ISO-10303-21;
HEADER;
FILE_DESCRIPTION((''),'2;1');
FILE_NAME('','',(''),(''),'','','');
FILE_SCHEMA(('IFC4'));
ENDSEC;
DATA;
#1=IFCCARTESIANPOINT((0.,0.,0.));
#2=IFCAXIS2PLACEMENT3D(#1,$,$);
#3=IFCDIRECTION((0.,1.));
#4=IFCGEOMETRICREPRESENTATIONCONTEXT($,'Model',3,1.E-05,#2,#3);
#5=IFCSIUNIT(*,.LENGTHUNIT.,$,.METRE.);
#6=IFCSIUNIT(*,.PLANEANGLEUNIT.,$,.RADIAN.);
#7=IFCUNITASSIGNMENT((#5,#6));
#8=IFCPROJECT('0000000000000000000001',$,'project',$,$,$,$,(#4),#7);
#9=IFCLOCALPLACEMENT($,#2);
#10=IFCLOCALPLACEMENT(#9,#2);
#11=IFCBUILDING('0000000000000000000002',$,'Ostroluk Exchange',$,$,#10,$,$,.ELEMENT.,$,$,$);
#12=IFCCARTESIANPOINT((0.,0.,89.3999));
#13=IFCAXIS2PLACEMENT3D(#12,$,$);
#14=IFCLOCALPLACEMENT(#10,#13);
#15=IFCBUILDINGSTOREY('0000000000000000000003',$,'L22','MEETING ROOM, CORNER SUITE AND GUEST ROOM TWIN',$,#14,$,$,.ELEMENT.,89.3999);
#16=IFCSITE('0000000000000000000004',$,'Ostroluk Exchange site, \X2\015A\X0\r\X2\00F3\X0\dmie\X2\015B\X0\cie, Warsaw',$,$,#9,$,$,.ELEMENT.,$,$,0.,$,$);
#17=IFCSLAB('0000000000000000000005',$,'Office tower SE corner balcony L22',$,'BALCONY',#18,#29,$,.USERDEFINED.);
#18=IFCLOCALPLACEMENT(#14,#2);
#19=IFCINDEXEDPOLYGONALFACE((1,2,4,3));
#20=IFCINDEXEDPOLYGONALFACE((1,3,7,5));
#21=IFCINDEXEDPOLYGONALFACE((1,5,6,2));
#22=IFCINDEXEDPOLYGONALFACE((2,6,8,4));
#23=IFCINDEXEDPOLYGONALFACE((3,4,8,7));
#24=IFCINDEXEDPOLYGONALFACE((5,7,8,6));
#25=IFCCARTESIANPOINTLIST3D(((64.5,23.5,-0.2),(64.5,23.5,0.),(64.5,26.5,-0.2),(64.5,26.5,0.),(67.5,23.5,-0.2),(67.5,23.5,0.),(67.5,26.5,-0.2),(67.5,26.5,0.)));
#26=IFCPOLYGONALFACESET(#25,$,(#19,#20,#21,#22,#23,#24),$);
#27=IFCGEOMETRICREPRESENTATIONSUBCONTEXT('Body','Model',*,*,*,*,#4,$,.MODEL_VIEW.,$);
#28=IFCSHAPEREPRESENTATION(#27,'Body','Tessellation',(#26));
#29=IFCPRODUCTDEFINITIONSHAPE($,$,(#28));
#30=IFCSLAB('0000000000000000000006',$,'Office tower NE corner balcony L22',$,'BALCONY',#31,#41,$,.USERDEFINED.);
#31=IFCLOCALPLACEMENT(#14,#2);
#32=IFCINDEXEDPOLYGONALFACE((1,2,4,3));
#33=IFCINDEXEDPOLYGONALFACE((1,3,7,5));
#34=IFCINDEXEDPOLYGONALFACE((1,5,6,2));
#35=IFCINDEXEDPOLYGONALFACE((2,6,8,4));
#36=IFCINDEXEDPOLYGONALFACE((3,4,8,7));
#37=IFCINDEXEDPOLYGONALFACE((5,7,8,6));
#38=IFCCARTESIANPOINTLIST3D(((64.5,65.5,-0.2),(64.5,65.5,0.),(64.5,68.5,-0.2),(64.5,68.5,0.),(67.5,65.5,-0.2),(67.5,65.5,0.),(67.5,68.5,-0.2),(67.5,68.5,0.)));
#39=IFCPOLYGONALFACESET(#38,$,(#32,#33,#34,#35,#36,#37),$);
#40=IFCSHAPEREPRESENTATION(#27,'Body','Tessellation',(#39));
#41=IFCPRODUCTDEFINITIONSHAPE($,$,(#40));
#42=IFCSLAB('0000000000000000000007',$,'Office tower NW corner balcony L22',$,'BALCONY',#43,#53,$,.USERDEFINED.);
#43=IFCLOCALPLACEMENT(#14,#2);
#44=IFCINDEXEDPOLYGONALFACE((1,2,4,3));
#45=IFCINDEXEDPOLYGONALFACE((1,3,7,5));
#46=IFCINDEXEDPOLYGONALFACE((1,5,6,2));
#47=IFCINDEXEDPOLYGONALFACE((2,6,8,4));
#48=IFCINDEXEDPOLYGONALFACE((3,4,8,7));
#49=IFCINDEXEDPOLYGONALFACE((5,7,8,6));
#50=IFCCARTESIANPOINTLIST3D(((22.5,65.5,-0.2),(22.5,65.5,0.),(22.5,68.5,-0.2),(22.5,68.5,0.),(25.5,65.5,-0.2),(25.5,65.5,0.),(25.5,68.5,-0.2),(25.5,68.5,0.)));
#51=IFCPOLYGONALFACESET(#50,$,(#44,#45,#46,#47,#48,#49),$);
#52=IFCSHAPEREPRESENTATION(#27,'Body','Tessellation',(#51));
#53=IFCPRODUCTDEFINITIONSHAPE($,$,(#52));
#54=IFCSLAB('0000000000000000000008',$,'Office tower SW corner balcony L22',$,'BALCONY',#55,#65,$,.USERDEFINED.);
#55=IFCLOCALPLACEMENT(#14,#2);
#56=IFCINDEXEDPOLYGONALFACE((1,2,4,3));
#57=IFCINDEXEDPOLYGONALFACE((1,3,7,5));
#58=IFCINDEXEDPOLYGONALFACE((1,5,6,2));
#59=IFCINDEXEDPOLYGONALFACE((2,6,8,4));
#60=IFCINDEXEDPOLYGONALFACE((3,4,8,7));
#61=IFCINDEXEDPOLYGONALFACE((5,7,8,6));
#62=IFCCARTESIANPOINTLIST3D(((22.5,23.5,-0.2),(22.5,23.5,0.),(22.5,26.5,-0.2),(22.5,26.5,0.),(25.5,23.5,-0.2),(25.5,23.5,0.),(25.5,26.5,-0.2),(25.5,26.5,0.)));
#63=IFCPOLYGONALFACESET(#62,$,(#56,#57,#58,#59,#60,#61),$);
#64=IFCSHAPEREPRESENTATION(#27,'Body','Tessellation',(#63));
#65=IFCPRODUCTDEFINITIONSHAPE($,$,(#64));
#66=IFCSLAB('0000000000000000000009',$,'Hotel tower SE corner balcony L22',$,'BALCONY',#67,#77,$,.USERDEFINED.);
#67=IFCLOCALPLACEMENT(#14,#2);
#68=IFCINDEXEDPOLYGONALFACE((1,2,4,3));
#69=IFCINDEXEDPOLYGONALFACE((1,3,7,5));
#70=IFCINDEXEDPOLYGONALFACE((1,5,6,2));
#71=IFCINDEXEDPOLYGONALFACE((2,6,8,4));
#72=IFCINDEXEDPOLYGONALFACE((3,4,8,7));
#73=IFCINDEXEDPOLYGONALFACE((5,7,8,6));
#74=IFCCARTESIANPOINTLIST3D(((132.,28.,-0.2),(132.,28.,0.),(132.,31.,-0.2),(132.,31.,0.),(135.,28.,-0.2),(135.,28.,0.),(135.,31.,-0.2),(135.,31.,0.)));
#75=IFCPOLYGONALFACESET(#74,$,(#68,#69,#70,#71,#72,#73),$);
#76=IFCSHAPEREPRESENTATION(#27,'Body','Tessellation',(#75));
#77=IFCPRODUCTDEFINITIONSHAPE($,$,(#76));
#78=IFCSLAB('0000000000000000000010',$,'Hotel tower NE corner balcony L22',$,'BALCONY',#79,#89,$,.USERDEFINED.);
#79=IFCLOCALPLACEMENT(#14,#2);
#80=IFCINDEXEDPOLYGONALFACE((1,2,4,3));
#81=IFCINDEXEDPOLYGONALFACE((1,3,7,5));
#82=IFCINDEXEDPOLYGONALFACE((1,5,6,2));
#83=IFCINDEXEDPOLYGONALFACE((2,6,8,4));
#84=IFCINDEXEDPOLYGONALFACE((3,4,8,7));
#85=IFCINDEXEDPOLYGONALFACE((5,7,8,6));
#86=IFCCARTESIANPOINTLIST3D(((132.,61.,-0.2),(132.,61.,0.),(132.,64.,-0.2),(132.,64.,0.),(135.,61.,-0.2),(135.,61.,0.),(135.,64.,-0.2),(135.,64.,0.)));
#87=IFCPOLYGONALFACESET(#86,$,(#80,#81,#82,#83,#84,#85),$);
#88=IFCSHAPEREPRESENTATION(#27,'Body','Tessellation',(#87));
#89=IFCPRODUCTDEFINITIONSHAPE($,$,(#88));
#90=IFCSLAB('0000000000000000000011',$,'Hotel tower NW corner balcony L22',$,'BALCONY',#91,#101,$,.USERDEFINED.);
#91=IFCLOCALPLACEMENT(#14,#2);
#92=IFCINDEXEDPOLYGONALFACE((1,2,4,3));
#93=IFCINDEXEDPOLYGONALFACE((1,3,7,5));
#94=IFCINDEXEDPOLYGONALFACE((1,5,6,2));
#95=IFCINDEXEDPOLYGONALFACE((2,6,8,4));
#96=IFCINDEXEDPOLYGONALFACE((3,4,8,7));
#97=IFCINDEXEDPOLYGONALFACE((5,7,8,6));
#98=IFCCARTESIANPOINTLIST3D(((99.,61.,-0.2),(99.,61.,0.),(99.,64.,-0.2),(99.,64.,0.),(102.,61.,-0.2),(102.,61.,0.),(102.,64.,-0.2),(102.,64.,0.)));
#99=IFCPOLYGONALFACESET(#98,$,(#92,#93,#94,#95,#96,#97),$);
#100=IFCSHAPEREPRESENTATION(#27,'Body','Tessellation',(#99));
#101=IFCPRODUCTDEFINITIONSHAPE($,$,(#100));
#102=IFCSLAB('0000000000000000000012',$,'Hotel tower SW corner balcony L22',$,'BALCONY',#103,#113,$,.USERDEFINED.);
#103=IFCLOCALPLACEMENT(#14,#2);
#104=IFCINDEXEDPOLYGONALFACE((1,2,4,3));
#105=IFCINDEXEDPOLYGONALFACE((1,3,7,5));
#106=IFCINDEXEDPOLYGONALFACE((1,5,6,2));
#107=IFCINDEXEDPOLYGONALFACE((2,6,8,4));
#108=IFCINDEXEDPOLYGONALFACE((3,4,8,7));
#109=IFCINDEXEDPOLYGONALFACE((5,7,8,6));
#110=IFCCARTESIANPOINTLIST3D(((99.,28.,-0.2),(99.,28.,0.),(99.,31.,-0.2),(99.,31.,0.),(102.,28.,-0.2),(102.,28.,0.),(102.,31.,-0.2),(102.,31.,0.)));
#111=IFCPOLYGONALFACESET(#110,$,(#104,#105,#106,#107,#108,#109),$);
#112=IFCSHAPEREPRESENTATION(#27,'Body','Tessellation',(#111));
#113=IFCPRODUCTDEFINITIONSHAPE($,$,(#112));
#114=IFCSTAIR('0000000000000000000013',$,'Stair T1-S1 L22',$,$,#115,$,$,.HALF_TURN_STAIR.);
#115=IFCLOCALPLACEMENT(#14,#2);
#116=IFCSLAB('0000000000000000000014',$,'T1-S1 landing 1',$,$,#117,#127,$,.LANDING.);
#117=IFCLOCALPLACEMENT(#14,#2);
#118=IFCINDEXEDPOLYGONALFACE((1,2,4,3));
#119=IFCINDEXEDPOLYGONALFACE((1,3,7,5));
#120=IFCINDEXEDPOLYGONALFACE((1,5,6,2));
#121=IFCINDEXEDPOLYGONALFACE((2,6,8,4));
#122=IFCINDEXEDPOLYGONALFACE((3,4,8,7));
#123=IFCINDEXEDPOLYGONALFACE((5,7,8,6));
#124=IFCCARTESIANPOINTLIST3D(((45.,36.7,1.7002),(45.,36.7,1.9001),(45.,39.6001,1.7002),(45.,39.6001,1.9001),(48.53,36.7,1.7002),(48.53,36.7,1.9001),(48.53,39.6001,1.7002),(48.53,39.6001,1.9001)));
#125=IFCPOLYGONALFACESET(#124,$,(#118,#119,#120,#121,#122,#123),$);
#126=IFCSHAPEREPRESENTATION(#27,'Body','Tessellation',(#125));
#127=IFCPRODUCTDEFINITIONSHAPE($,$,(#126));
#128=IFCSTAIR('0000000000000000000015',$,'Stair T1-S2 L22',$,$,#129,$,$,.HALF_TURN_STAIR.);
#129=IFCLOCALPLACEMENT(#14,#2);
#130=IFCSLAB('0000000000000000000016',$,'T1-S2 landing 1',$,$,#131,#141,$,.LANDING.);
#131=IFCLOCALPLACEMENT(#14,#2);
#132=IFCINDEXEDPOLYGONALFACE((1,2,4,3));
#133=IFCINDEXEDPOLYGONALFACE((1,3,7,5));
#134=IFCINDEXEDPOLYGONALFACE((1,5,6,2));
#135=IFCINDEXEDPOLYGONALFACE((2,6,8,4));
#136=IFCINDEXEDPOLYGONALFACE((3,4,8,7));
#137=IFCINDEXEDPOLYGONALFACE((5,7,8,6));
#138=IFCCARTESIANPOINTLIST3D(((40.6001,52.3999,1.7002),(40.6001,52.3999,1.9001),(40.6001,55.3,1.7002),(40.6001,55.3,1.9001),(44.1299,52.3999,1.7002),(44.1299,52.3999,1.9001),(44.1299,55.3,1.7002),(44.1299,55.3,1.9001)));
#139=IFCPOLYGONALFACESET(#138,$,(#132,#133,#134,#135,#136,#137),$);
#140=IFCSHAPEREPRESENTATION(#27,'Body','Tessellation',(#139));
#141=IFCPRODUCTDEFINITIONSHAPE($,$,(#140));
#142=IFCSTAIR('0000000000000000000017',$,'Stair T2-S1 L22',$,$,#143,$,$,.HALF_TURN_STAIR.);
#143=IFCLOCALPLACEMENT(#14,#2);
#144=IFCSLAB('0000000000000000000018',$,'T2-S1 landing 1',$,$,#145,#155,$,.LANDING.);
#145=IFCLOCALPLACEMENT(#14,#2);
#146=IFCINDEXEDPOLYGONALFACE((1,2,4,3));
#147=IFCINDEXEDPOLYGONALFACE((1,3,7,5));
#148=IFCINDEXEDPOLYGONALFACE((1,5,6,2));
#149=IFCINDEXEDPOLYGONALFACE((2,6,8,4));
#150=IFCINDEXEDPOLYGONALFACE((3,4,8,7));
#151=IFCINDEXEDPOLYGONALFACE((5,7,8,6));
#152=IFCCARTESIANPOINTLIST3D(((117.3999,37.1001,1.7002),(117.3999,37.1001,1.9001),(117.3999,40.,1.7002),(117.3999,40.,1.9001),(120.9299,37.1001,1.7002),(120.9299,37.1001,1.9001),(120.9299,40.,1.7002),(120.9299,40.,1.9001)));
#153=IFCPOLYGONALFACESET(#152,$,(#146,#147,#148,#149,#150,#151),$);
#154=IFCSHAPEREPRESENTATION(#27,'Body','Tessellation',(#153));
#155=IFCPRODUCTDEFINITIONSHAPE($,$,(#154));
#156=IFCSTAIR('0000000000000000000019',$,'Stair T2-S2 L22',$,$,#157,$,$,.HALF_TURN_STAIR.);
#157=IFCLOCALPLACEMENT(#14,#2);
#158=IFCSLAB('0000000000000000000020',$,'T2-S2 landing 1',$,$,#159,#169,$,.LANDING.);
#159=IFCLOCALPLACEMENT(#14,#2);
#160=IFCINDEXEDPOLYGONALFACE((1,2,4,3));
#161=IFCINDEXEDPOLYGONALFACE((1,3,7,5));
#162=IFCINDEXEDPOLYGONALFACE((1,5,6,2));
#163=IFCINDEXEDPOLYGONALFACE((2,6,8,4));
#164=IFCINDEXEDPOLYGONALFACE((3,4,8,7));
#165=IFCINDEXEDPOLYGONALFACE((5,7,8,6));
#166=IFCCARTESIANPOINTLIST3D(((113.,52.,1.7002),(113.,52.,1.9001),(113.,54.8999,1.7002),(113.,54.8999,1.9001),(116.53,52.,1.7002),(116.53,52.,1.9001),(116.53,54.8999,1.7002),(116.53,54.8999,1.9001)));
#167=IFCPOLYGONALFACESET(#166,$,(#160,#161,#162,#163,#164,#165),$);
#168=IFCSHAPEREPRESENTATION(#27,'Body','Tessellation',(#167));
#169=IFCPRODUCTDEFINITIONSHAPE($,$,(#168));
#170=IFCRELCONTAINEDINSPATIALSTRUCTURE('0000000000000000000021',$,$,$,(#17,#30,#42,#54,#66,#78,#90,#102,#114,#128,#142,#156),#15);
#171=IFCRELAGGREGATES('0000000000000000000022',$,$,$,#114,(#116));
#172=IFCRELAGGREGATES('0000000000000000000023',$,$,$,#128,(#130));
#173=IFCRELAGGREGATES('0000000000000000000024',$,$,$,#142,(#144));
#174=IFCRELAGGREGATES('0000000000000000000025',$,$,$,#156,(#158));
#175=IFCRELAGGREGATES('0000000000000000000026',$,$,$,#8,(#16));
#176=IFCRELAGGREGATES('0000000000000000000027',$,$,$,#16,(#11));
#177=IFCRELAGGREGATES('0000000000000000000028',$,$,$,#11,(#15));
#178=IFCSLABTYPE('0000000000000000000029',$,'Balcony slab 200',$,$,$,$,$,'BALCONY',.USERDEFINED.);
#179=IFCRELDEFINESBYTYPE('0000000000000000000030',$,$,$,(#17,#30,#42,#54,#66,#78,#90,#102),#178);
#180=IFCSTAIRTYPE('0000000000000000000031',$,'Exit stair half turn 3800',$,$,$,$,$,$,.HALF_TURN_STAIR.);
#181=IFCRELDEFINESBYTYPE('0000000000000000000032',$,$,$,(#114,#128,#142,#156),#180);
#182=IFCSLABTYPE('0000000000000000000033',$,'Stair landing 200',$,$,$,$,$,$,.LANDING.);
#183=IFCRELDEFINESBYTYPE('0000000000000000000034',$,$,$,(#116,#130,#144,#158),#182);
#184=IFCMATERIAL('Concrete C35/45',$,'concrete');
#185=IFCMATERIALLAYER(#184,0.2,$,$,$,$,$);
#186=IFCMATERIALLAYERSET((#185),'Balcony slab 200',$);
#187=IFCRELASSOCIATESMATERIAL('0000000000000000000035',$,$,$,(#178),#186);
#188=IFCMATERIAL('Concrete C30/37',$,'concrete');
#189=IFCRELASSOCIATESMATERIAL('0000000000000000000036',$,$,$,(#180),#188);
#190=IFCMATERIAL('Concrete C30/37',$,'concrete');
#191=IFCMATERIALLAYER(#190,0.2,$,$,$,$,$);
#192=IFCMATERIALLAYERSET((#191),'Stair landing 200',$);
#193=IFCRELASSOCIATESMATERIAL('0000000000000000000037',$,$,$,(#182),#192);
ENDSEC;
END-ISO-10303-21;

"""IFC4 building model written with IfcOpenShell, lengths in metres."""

from ifc_helpers import new_model, si_unit, direction, frame, origin, place, context, subcontext, project, spatial, polyline, outline, extrude, material, layer, layer_set, type_object, element, aggregate, save


model = new_model("IFC4")

# Units and contexts
model_context = context("Model", 3, precision=1e-05, world=origin(), true_north=direction((0.0, 1.0)))
body_context = subcontext(model_context, "Body", "Model", "MODEL_VIEW")
ifc_project = project(units=[si_unit("LENGTHUNIT", "METRE"), si_unit("PLANEANGLEUNIT", "RADIAN")], contexts=[model_context])

# Site, building, storey
site_placement = place(None, origin())
site = spatial("IfcSite", under=ifc_project, at=site_placement, Name="Ostroluk Exchange site, Śródmieście, Warsaw", CompositionType="ELEMENT", RefElevation=0.0)
building_placement = place(site_placement, origin())
building = spatial("IfcBuilding", under=site, at=building_placement, Name="Ostroluk Exchange", CompositionType="ELEMENT")
storey_placement = place(building_placement, frame((0.0, 0.0, 89.3999)))
storey = spatial("IfcBuildingStorey", under=building, at=storey_placement, Name="L22", Description="MEETING ROOM, CORNER SUITE AND GUEST ROOM TWIN", CompositionType="ELEMENT", Elevation=89.3999)

# Slabs
ifc_material_1 = material(Name="Concrete C35/45", Category="concrete")
ifc_layer_1 = layer(ifc_material_1, 0.2)
ifc_layer_set_1 = layer_set([ifc_layer_1], Name="Balcony slab 200")
slab_type_1 = type_object("IfcSlabType", Name="Balcony slab 200", ElementType="BALCONY", PredefinedType="USERDEFINED", material=ifc_layer_set_1)
slab_1_placement = place(storey_placement, frame((0.0, 0.0, -0.2)))
element("IfcSlab", 1, at=slab_1_placement, inside=storey, type_object=slab_type_1, Name="Office tower SE corner balcony L22", ObjectType="BALCONY", PredefinedType="USERDEFINED", context=body_context, shape_type="SweptSolid", body=[
    extrude(outline(polyline([(64.5, 23.5), (67.5, 23.5), (67.5, 26.5), (64.5, 26.5), (64.5, 23.5)])), origin(), (0.0, 0.0, 1.0), 0.2),
])
slab_2_placement = place(storey_placement, frame((0.0, 0.0, -0.2)))
element("IfcSlab", 2, at=slab_2_placement, inside=storey, type_object=slab_type_1, Name="Office tower NE corner balcony L22", ObjectType="BALCONY", PredefinedType="USERDEFINED", context=body_context, shape_type="SweptSolid", body=[
    extrude(outline(polyline([(64.5, 65.5), (67.5, 65.5), (67.5, 68.5), (64.5, 68.5), (64.5, 65.5)])), origin(), (0.0, 0.0, 1.0), 0.2),
])
slab_3_placement = place(storey_placement, frame((0.0, 0.0, -0.2)))
element("IfcSlab", 3, at=slab_3_placement, inside=storey, type_object=slab_type_1, Name="Office tower NW corner balcony L22", ObjectType="BALCONY", PredefinedType="USERDEFINED", context=body_context, shape_type="SweptSolid", body=[
    extrude(outline(polyline([(22.5, 65.5), (25.5, 65.5), (25.5, 68.5), (22.5, 68.5), (22.5, 65.5)])), origin(), (0.0, 0.0, 1.0), 0.2),
])
slab_4_placement = place(storey_placement, frame((0.0, 0.0, -0.2)))
element("IfcSlab", 4, at=slab_4_placement, inside=storey, type_object=slab_type_1, Name="Office tower SW corner balcony L22", ObjectType="BALCONY", PredefinedType="USERDEFINED", context=body_context, shape_type="SweptSolid", body=[
    extrude(outline(polyline([(22.5, 23.5), (25.5, 23.5), (25.5, 26.5), (22.5, 26.5), (22.5, 23.5)])), origin(), (0.0, 0.0, 1.0), 0.2),
])
slab_5_placement = place(storey_placement, frame((0.0, 0.0, -0.2)))
element("IfcSlab", 5, at=slab_5_placement, inside=storey, type_object=slab_type_1, Name="Hotel tower SE corner balcony L22", ObjectType="BALCONY", PredefinedType="USERDEFINED", context=body_context, shape_type="SweptSolid", body=[
    extrude(outline(polyline([(132.0, 28.0), (135.0, 28.0), (135.0, 31.0), (132.0, 31.0), (132.0, 28.0)])), origin(), (0.0, 0.0, 1.0), 0.2),
])
slab_6_placement = place(storey_placement, frame((0.0, 0.0, -0.2)))
element("IfcSlab", 6, at=slab_6_placement, inside=storey, type_object=slab_type_1, Name="Hotel tower NE corner balcony L22", ObjectType="BALCONY", PredefinedType="USERDEFINED", context=body_context, shape_type="SweptSolid", body=[
    extrude(outline(polyline([(132.0, 61.0), (135.0, 61.0), (135.0, 64.0), (132.0, 64.0), (132.0, 61.0)])), origin(), (0.0, 0.0, 1.0), 0.2),
])
slab_7_placement = place(storey_placement, frame((0.0, 0.0, -0.2)))
element("IfcSlab", 7, at=slab_7_placement, inside=storey, type_object=slab_type_1, Name="Hotel tower NW corner balcony L22", ObjectType="BALCONY", PredefinedType="USERDEFINED", context=body_context, shape_type="SweptSolid", body=[
    extrude(outline(polyline([(99.0, 61.0), (102.0, 61.0), (102.0, 64.0), (99.0, 64.0), (99.0, 61.0)])), origin(), (0.0, 0.0, 1.0), 0.2),
])
slab_8_placement = place(storey_placement, frame((0.0, 0.0, -0.2)))
element("IfcSlab", 8, at=slab_8_placement, inside=storey, type_object=slab_type_1, Name="Hotel tower SW corner balcony L22", ObjectType="BALCONY", PredefinedType="USERDEFINED", context=body_context, shape_type="SweptSolid", body=[
    extrude(outline(polyline([(99.0, 28.0), (102.0, 28.0), (102.0, 31.0), (99.0, 31.0), (99.0, 28.0)])), origin(), (0.0, 0.0, 1.0), 0.2),
])

# Stairs, slabs
ifc_material_2 = material(Name="Concrete C30/37", Category="concrete")
stair_type = type_object("IfcStairType", Name="Exit stair half turn 3800", PredefinedType="HALF_TURN_STAIR", material=ifc_material_2)
stair_1_placement = place(storey_placement, origin())
stair_1 = element("IfcStair", 9, at=stair_1_placement, inside=storey, type_object=stair_type, Name="Stair T1-S1 L22", PredefinedType="HALF_TURN_STAIR")
ifc_material_3 = material(Name="Concrete C30/37", Category="concrete")
ifc_layer_2 = layer(ifc_material_3, 0.2)
ifc_layer_set_2 = layer_set([ifc_layer_2], Name="Stair landing 200")
slab_type_2 = type_object("IfcSlabType", Name="Stair landing 200", PredefinedType="LANDING", material=ifc_layer_set_2)
slab_9_placement = place(storey_placement, frame((0.0, 0.0, 1.7002)))
slab_9 = element("IfcSlab", 10, at=slab_9_placement, type_object=slab_type_2, Name="T1-S1 landing 1", PredefinedType="LANDING", context=body_context, shape_type="SweptSolid", body=[
    extrude(outline(polyline([(45.0, 36.7), (45.0, 39.6001), (48.53, 39.6001), (48.53, 36.7), (45.0, 36.7)])), origin(), (0.0, 0.0, 1.0), 0.2),
])
aggregate(stair_1, [slab_9])
stair_2_placement = place(storey_placement, origin())
stair_2 = element("IfcStair", 11, at=stair_2_placement, inside=storey, type_object=stair_type, Name="Stair T1-S2 L22", PredefinedType="HALF_TURN_STAIR")
slab_10_placement = place(storey_placement, frame((0.0, 0.0, 1.7002)))
slab_10 = element("IfcSlab", 12, at=slab_10_placement, type_object=slab_type_2, Name="T1-S2 landing 1", PredefinedType="LANDING", context=body_context, shape_type="SweptSolid", body=[
    extrude(outline(polyline([(44.1299, 52.3999), (44.1299, 55.3), (40.6001, 55.3), (40.6001, 52.3999), (44.1299, 52.3999)])), origin(), (0.0, 0.0, 1.0), 0.2),
])
aggregate(stair_2, [slab_10])
stair_3_placement = place(storey_placement, origin())
stair_3 = element("IfcStair", 13, at=stair_3_placement, inside=storey, type_object=stair_type, Name="Stair T2-S1 L22", PredefinedType="HALF_TURN_STAIR")
slab_11_placement = place(storey_placement, frame((0.0, 0.0, 1.7002)))
slab_11 = element("IfcSlab", 14, at=slab_11_placement, type_object=slab_type_2, Name="T2-S1 landing 1", PredefinedType="LANDING", context=body_context, shape_type="SweptSolid", body=[
    extrude(outline(polyline([(117.3999, 37.1001), (117.3999, 40.0), (120.9299, 40.0), (120.9299, 37.1001), (117.3999, 37.1001)])), origin(), (0.0, 0.0, 1.0), 0.2),
])
aggregate(stair_3, [slab_11])
stair_4_placement = place(storey_placement, origin())
stair_4 = element("IfcStair", 15, at=stair_4_placement, inside=storey, type_object=stair_type, Name="Stair T2-S2 L22", PredefinedType="HALF_TURN_STAIR")
slab_12_placement = place(storey_placement, frame((0.0, 0.0, 1.7002)))
slab_12 = element("IfcSlab", 16, at=slab_12_placement, type_object=slab_type_2, Name="T2-S2 landing 1", PredefinedType="LANDING", context=body_context, shape_type="SweptSolid", body=[
    extrude(outline(polyline([(116.53, 52.0), (116.53, 54.8999), (113.0, 54.8999), (113.0, 52.0), (116.53, 52.0)])), origin(), (0.0, 0.0, 1.0), 0.2),
])
aggregate(stair_4, [slab_12])

save(model, "model.ifc")
